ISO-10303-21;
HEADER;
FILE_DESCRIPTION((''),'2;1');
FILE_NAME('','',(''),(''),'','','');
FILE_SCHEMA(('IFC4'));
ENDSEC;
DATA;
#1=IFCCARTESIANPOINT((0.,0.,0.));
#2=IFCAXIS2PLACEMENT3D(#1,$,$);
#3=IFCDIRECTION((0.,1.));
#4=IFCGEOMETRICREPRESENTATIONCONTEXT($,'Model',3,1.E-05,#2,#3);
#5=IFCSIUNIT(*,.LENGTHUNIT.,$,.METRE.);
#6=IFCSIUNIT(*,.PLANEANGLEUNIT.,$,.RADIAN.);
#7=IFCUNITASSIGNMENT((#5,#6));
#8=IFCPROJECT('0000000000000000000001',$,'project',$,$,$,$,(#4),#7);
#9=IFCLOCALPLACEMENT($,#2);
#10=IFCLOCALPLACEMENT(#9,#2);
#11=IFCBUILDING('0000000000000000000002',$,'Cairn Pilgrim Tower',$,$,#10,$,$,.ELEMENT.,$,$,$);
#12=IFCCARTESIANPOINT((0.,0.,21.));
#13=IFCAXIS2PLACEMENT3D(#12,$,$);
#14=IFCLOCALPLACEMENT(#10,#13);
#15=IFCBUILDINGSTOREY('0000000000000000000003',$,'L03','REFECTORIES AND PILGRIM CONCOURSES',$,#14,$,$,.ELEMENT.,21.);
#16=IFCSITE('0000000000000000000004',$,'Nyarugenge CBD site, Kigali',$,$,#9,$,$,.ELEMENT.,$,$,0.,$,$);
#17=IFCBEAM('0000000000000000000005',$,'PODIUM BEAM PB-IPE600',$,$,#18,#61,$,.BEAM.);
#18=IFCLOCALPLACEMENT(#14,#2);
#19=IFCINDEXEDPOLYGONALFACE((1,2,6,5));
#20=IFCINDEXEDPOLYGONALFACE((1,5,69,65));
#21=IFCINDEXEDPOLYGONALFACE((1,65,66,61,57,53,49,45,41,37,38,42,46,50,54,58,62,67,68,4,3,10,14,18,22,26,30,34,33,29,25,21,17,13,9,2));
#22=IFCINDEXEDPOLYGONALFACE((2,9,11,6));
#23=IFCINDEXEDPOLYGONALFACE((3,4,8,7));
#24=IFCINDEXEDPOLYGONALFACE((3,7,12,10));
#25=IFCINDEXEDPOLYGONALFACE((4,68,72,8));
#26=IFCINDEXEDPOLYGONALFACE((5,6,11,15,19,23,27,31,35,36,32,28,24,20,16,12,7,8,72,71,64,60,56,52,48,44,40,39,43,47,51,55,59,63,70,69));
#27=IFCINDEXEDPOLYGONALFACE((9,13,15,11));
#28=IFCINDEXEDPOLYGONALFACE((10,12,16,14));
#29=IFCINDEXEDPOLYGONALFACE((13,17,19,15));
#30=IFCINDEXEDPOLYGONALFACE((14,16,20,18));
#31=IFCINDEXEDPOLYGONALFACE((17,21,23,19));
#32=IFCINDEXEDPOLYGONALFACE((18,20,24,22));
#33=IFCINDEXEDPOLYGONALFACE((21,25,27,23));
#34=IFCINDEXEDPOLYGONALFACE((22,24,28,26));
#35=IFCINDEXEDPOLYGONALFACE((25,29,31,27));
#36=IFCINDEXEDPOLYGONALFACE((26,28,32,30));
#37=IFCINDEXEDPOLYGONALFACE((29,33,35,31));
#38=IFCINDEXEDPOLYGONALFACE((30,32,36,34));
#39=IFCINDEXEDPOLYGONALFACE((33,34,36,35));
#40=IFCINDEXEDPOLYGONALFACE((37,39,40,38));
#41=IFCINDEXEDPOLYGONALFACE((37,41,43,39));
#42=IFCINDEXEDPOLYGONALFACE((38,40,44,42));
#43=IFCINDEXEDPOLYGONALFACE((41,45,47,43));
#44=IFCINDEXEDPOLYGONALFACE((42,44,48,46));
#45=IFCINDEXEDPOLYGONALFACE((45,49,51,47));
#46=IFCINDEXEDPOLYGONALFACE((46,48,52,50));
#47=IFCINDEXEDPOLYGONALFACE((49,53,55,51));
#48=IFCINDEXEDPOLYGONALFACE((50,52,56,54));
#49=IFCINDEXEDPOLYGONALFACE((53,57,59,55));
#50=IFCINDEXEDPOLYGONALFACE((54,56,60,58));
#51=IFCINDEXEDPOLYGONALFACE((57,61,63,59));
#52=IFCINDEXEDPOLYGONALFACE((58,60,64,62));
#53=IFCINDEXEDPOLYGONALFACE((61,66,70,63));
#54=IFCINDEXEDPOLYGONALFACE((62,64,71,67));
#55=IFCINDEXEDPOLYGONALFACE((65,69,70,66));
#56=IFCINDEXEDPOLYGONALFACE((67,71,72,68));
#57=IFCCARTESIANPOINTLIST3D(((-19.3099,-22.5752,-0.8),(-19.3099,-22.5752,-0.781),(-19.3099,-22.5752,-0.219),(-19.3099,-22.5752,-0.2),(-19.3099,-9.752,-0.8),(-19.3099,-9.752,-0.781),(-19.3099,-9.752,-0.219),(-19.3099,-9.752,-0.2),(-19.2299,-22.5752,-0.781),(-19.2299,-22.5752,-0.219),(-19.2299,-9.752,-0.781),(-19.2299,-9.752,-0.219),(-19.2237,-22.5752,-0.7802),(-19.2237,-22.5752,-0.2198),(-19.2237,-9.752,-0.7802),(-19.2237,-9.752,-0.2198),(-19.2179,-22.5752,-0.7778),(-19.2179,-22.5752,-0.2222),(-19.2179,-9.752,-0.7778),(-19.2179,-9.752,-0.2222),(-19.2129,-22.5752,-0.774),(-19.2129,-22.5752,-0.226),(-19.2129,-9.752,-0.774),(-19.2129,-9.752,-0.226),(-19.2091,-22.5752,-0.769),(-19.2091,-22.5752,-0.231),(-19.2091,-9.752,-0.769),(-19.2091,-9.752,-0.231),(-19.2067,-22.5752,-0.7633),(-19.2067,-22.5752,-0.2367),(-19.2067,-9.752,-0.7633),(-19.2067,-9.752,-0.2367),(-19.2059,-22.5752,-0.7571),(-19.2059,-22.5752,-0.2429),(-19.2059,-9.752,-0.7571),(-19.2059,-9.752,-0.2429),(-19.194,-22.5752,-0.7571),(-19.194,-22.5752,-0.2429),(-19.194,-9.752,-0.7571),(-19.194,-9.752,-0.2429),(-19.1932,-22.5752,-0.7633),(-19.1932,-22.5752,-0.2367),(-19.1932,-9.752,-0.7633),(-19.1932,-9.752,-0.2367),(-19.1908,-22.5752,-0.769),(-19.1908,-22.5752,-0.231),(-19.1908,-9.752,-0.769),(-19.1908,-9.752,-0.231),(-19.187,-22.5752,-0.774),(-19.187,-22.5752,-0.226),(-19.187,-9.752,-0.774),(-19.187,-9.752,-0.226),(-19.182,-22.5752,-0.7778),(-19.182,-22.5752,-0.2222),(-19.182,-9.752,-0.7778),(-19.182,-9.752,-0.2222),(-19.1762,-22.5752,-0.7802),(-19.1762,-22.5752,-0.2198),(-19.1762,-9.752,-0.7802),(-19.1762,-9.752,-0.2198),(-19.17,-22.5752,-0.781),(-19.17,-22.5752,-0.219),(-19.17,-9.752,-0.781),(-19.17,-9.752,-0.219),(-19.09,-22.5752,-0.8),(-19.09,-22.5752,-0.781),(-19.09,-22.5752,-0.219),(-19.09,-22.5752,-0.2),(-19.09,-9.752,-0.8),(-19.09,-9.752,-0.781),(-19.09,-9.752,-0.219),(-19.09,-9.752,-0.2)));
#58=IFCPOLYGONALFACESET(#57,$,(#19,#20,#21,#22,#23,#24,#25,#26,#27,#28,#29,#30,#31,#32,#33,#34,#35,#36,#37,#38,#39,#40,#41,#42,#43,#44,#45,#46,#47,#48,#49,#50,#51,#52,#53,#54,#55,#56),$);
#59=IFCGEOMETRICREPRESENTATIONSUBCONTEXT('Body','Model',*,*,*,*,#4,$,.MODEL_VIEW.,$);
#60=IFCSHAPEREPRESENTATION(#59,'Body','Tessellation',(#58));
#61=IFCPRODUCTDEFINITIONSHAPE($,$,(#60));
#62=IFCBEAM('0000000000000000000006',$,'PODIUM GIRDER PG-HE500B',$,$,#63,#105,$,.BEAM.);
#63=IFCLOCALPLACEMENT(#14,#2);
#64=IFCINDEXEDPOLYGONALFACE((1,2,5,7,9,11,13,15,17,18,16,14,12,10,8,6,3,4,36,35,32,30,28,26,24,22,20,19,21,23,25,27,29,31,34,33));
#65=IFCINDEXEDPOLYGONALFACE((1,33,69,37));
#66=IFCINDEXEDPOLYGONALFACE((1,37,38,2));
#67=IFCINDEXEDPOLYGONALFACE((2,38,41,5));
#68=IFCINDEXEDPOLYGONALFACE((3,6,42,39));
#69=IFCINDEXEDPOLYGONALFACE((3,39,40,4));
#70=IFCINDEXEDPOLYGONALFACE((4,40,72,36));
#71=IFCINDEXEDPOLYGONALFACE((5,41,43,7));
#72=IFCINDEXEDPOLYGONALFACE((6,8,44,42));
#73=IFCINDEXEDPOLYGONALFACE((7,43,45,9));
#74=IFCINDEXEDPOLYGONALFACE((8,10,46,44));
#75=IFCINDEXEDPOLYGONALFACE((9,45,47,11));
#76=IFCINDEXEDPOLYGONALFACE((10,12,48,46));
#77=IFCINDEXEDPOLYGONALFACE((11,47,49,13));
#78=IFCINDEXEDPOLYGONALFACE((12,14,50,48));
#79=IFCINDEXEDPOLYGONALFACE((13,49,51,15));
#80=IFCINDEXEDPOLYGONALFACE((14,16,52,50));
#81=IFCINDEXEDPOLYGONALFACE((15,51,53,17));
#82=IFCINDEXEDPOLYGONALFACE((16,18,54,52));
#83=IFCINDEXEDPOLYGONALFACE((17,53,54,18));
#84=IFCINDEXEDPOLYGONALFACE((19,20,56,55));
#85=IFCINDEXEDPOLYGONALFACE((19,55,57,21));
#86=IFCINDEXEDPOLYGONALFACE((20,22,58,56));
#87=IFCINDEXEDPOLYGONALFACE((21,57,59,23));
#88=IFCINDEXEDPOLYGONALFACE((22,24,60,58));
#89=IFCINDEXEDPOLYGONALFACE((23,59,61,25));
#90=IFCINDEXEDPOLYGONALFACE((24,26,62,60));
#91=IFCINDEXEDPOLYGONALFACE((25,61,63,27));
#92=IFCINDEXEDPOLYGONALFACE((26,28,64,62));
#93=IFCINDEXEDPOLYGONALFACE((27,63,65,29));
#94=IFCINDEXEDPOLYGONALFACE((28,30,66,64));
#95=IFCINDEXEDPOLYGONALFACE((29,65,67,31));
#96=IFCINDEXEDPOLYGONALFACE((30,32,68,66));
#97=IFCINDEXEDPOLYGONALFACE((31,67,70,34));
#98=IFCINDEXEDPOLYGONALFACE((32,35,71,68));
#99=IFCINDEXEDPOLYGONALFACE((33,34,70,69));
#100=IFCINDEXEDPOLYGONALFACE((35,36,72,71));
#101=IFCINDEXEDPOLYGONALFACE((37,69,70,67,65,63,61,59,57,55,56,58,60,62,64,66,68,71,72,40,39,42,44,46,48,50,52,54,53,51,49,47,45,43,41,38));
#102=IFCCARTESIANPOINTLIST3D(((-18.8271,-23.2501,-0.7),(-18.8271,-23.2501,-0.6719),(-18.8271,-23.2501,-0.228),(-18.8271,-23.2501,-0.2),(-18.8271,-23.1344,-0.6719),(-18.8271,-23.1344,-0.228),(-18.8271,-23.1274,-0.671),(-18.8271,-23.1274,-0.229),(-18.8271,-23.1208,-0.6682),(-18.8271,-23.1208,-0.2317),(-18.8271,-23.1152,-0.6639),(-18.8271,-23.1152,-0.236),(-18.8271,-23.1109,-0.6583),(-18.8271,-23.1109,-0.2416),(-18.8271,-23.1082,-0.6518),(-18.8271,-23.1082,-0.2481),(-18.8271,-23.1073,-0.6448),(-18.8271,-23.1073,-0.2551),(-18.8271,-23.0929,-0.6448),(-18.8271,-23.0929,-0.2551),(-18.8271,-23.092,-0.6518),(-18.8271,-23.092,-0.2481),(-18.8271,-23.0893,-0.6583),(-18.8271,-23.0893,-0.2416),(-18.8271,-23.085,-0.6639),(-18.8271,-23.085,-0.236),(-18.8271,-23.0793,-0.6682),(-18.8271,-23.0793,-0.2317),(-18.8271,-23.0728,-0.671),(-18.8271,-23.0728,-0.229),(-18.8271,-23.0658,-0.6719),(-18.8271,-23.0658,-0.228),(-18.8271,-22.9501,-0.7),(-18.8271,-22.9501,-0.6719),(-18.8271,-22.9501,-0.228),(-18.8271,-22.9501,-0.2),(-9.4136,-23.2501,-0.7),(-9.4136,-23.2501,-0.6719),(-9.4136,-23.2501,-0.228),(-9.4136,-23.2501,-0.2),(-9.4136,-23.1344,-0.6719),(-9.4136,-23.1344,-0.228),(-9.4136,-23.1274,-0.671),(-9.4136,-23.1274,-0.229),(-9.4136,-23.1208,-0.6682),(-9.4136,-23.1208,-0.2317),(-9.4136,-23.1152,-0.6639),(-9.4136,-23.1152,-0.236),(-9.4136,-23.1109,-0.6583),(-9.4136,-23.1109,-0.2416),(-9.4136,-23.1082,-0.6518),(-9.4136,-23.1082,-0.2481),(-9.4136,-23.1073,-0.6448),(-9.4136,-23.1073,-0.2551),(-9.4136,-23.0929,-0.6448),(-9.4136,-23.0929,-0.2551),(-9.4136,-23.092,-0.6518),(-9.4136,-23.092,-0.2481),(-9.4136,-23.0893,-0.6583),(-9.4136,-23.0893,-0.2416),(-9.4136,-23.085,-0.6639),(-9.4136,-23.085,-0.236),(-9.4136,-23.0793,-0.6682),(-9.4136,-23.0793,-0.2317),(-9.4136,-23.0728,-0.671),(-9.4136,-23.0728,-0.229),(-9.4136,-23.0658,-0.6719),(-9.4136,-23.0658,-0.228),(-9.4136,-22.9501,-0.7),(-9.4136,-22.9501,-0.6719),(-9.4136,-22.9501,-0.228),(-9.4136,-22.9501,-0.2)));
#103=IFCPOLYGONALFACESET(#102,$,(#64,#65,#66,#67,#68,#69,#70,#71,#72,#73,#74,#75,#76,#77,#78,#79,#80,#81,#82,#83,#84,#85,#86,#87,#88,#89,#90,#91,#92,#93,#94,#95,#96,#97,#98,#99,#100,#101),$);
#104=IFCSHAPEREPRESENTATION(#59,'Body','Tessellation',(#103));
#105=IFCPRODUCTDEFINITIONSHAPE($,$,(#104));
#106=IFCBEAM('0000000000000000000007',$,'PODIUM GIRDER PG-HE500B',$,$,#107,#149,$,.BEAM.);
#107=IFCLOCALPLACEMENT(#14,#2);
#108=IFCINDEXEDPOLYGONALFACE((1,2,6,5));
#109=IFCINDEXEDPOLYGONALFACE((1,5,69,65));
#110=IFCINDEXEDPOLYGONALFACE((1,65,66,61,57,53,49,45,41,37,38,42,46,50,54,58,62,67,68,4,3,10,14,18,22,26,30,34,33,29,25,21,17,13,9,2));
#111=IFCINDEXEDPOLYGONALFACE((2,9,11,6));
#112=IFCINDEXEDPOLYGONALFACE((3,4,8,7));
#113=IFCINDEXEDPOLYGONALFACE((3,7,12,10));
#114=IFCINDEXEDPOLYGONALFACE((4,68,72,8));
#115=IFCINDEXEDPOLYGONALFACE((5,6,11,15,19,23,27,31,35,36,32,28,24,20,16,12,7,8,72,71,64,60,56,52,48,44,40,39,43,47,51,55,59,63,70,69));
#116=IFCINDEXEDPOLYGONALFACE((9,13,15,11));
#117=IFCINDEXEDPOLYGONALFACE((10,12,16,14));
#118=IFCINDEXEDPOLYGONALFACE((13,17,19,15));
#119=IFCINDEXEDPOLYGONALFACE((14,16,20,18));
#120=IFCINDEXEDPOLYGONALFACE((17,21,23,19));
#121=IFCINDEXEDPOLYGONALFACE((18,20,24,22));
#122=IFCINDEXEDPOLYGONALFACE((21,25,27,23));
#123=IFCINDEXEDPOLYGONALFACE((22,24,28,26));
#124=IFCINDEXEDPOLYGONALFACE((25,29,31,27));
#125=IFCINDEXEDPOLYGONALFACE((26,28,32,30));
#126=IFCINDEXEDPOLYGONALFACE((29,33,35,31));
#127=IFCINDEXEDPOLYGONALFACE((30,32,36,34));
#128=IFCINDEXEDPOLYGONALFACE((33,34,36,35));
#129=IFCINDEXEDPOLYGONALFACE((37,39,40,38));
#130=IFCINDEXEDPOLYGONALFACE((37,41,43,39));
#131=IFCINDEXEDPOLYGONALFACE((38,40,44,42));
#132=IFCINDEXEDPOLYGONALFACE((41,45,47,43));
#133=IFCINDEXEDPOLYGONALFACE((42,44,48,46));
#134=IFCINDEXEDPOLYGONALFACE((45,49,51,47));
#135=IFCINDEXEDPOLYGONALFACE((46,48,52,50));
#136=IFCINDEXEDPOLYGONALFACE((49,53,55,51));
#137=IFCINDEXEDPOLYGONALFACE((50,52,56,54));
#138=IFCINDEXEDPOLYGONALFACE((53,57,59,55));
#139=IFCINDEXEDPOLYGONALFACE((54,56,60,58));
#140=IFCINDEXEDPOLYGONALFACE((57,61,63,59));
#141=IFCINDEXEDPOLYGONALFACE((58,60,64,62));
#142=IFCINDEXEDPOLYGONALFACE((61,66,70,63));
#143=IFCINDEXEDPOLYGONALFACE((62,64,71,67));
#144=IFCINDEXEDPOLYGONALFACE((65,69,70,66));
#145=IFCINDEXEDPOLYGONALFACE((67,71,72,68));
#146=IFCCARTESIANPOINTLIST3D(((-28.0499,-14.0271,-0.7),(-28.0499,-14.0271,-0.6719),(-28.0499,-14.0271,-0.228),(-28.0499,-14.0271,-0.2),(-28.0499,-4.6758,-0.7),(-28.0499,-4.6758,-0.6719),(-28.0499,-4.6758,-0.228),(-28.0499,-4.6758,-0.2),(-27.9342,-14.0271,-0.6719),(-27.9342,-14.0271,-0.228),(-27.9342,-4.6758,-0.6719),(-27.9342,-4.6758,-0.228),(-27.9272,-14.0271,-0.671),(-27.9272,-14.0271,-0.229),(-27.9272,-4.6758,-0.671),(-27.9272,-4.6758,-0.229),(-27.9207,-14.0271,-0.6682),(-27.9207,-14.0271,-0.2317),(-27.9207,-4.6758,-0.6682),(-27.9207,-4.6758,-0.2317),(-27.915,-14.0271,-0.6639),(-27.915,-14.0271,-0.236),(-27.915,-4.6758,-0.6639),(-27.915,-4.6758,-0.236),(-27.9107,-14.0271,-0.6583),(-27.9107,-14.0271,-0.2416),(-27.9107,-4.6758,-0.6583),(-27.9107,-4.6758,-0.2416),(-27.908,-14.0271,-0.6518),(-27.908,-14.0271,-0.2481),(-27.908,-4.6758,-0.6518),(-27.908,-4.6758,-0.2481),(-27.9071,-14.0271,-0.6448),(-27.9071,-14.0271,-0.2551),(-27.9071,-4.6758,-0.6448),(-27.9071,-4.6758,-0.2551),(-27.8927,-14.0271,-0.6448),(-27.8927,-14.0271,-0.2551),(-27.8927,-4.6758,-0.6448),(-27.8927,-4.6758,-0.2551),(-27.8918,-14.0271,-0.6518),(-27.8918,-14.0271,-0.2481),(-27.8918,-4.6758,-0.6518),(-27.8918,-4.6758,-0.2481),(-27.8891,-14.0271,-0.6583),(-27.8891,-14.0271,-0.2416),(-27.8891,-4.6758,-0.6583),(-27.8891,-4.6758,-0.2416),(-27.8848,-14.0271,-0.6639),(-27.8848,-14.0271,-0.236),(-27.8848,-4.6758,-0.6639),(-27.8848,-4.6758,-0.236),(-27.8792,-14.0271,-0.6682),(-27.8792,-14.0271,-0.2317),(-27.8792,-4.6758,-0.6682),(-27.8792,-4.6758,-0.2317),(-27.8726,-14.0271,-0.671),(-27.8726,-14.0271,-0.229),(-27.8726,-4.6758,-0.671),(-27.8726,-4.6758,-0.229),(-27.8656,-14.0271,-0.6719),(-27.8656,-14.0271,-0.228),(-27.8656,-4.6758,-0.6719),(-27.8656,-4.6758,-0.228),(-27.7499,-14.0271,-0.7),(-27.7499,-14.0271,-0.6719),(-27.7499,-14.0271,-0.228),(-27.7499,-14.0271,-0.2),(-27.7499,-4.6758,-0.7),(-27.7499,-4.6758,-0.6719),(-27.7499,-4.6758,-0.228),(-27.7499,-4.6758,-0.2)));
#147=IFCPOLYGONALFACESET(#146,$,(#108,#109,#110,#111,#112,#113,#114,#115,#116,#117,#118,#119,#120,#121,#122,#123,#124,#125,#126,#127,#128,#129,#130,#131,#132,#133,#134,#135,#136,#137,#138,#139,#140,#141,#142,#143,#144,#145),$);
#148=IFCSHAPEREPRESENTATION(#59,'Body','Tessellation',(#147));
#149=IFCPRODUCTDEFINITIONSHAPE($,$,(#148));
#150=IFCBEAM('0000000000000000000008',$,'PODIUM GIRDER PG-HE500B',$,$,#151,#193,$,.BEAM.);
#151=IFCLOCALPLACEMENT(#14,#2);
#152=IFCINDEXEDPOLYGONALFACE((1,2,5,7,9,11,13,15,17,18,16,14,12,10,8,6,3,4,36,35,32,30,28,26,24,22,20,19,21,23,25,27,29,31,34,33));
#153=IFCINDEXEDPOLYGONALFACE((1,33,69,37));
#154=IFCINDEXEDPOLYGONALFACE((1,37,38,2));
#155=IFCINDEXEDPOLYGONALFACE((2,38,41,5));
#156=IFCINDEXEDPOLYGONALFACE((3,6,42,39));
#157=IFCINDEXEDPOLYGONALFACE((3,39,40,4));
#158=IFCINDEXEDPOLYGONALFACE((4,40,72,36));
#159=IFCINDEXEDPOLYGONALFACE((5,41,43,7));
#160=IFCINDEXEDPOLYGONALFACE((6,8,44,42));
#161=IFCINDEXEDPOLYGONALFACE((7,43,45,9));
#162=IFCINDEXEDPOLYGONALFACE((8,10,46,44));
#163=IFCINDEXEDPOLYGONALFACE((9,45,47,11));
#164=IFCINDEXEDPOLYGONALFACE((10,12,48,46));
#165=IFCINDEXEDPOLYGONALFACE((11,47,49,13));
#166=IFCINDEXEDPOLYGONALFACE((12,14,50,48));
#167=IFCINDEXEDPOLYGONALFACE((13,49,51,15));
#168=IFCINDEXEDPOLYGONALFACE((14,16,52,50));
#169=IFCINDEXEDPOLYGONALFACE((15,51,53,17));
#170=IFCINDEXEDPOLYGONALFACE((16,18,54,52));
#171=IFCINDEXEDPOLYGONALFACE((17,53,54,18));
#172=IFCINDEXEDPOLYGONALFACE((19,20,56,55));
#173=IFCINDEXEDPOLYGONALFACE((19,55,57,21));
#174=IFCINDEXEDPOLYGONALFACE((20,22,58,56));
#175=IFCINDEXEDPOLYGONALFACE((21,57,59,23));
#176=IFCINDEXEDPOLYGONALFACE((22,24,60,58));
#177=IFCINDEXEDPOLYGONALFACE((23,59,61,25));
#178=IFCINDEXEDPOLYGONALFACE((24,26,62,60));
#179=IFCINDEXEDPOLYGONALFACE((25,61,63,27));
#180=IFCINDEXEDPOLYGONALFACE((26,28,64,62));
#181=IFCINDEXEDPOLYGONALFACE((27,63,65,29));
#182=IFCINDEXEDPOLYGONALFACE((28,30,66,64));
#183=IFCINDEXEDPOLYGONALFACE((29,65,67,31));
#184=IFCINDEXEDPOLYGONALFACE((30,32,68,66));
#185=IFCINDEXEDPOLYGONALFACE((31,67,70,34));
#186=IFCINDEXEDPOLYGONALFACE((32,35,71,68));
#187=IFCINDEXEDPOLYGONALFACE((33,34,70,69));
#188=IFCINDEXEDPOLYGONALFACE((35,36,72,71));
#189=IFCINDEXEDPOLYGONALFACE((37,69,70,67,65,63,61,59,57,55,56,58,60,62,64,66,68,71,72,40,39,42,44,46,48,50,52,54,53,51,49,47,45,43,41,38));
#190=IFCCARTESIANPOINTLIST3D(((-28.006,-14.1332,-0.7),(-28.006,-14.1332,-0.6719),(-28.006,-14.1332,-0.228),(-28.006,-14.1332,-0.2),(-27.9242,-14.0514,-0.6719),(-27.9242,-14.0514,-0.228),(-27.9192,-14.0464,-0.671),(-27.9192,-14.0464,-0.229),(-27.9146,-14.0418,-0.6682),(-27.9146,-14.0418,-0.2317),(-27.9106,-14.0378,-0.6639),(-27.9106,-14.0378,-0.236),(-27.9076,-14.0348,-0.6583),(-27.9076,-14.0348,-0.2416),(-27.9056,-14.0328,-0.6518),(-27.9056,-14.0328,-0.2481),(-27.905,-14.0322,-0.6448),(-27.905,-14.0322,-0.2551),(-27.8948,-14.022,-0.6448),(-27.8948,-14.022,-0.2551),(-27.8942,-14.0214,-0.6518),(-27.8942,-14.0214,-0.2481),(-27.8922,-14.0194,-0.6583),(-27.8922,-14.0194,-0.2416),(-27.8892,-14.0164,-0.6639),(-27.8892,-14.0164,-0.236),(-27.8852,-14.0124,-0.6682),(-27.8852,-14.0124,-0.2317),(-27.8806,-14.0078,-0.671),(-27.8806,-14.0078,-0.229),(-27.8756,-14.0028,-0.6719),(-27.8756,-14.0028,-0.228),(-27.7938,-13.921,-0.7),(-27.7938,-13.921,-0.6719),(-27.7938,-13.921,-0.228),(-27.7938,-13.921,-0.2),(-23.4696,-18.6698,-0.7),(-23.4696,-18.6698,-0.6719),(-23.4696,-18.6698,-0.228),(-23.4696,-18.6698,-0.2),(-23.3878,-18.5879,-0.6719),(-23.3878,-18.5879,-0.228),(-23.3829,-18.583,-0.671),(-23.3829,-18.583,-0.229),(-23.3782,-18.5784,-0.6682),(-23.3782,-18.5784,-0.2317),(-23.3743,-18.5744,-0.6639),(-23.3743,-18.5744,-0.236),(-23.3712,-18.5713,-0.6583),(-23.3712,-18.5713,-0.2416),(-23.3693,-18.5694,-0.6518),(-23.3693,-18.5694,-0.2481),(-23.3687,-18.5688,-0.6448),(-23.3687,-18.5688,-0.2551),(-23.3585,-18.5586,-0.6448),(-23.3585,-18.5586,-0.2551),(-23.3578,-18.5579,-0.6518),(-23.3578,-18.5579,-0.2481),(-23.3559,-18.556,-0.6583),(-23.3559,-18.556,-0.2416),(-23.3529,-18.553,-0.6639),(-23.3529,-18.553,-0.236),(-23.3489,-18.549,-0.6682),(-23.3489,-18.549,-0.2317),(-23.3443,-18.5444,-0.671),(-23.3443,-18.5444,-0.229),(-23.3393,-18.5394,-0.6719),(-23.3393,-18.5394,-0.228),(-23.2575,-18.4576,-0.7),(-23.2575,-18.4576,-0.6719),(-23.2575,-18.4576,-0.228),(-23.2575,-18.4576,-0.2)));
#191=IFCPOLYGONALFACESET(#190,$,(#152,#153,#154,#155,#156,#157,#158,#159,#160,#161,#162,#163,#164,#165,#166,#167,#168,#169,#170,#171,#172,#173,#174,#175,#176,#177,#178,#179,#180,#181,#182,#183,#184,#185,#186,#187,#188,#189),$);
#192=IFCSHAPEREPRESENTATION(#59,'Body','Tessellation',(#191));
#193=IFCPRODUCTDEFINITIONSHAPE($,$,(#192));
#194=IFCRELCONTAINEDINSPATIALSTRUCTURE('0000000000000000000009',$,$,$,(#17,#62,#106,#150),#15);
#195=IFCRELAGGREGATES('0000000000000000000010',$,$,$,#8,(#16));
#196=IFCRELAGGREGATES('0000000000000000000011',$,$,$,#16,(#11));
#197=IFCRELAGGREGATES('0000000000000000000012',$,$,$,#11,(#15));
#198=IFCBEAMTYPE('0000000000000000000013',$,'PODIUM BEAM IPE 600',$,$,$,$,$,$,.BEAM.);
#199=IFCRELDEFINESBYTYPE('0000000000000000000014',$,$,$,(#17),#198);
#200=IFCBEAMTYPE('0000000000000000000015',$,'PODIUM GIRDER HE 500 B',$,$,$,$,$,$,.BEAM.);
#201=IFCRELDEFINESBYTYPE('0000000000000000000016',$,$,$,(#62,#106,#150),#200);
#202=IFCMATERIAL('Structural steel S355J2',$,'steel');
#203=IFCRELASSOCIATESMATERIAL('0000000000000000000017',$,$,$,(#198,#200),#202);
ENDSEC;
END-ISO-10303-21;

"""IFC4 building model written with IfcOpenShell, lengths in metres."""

from ifc_helpers import new_model, si_unit, direction, frame, origin, origin_2d, place, context, subcontext, project, spatial, i_section, extrude, material, material_profile, profile_set, type_object, element, save


model = new_model("IFC4")

# Units and contexts
model_context = context("Model", 3, precision=1e-05, world=origin(), true_north=direction((0.0, 1.0)))
body_context = subcontext(model_context, "Body", "Model", "MODEL_VIEW")
ifc_project = project(units=[si_unit("LENGTHUNIT", "METRE"), si_unit("PLANEANGLEUNIT", "RADIAN")], contexts=[model_context])

# Site, building, storey
site_placement = place(None, origin())
site = spatial("IfcSite", under=ifc_project, at=site_placement, Name="Nyarugenge CBD site, Kigali", CompositionType="ELEMENT", RefElevation=0.0)
building_placement = place(site_placement, origin())
building = spatial("IfcBuilding", under=site, at=building_placement, Name="Cairn Pilgrim Tower", CompositionType="ELEMENT")
storey_placement = place(building_placement, frame((0.0, 0.0, 21.0)))
storey = spatial("IfcBuildingStorey", under=building, at=storey_placement, Name="L03", Description="REFECTORIES AND PILGRIM CONCOURSES", CompositionType="ELEMENT", Elevation=21.0)

# Beams
ifc_material_1 = material(Name="Structural steel S355J2", Category="steel")
ifc_material_profile_1 = material_profile(ifc_material_1, i_section(OverallWidth=0.22, OverallDepth=0.6001, WebThickness=0.012, FlangeThickness=0.019, FilletRadius=0.0239, at=origin_2d()), Name="IPE 600")
ifc_profile_set_1 = profile_set([ifc_material_profile_1], Name="Structural steel S355J2")
beam_type_1 = type_object("IfcBeamType", Name="PODIUM BEAM IPE 600", PredefinedType="BEAM", material=ifc_profile_set_1)
beam_1_placement = place(storey_placement, frame((-19.2, -22.5752, -0.5), z_axis=(0.0, 1.0, 0.0), x_axis=(-1.0, 0.0, 0.0)))
element("IfcBeam", 1, at=beam_1_placement, inside=storey, type_object=beam_type_1, Name="PODIUM BEAM PB-IPE600", PredefinedType="BEAM", context=body_context, shape_type="SweptSolid", body=[
    extrude(i_section(OverallWidth=0.22, OverallDepth=0.6001, WebThickness=0.012, FlangeThickness=0.019, FilletRadius=0.0239, at=origin_2d()), origin(), (0.0, 0.0, 1.0), 12.8232),
])
ifc_material_profile_2 = material_profile(ifc_material_1, i_section(OverallWidth=0.3, OverallDepth=0.5, WebThickness=0.0144, FlangeThickness=0.0281, FilletRadius=0.0271, at=origin_2d()), Name="HEB 500")
ifc_profile_set_2 = profile_set([ifc_material_profile_2], Name="Structural steel S355J2")
beam_type_2 = type_object("IfcBeamType", Name="PODIUM GIRDER HE 500 B", PredefinedType="BEAM", material=ifc_profile_set_2)
beam_2_placement = place(storey_placement, frame((-18.8271, -23.1001, -0.45), z_axis=(1.0, 0.0, 0.0), x_axis=(0.0, 1.0, 0.0)))
element("IfcBeam", 2, at=beam_2_placement, inside=storey, type_object=beam_type_2, Name="PODIUM GIRDER PG-HE500B", PredefinedType="BEAM", context=body_context, shape_type="SweptSolid", body=[
    extrude(i_section(OverallWidth=0.3, OverallDepth=0.5, WebThickness=0.0144, FlangeThickness=0.0281, FilletRadius=0.0271, at=origin_2d()), origin(), (0.0, 0.0, 1.0), 9.4136),
])
beam_3_placement = place(storey_placement, frame((-27.8999, -4.6758, -0.45), z_axis=(0.0, -1.0, 0.0), x_axis=(1.0, 0.0, 0.0)))
element("IfcBeam", 3, at=beam_3_placement, inside=storey, type_object=beam_type_2, Name="PODIUM GIRDER PG-HE500B", PredefinedType="BEAM", context=body_context, shape_type="SweptSolid", body=[
    extrude(i_section(OverallWidth=0.3, OverallDepth=0.5, WebThickness=0.0144, FlangeThickness=0.0281, FilletRadius=0.0271, at=origin_2d()), origin(), (0.0, 0.0, 1.0), 9.3513),
])
for number, where, z_axis, x_axis, name in (
    (4, (-27.8999, -14.0271, -0.45), (0.707088, -0.707126, 0.0), (0.707126, 0.707088, 0.0), "PODIUM GIRDER PG-HE500B"),
):
    element("IfcBeam", number, at=place(storey_placement, frame(where, z_axis=z_axis, x_axis=x_axis)), inside=storey, type_object=beam_type_2, Name=name, PredefinedType="BEAM", context=body_context, shape_type="SweptSolid", body=[
        extrude(i_section(OverallWidth=0.3, OverallDepth=0.5, WebThickness=0.0144, FlangeThickness=0.0281, FilletRadius=0.0271, at=origin_2d()), origin(), (0.0, 0.0, 1.0), 6.4155),
    ])

save(model, "model.ifc")
